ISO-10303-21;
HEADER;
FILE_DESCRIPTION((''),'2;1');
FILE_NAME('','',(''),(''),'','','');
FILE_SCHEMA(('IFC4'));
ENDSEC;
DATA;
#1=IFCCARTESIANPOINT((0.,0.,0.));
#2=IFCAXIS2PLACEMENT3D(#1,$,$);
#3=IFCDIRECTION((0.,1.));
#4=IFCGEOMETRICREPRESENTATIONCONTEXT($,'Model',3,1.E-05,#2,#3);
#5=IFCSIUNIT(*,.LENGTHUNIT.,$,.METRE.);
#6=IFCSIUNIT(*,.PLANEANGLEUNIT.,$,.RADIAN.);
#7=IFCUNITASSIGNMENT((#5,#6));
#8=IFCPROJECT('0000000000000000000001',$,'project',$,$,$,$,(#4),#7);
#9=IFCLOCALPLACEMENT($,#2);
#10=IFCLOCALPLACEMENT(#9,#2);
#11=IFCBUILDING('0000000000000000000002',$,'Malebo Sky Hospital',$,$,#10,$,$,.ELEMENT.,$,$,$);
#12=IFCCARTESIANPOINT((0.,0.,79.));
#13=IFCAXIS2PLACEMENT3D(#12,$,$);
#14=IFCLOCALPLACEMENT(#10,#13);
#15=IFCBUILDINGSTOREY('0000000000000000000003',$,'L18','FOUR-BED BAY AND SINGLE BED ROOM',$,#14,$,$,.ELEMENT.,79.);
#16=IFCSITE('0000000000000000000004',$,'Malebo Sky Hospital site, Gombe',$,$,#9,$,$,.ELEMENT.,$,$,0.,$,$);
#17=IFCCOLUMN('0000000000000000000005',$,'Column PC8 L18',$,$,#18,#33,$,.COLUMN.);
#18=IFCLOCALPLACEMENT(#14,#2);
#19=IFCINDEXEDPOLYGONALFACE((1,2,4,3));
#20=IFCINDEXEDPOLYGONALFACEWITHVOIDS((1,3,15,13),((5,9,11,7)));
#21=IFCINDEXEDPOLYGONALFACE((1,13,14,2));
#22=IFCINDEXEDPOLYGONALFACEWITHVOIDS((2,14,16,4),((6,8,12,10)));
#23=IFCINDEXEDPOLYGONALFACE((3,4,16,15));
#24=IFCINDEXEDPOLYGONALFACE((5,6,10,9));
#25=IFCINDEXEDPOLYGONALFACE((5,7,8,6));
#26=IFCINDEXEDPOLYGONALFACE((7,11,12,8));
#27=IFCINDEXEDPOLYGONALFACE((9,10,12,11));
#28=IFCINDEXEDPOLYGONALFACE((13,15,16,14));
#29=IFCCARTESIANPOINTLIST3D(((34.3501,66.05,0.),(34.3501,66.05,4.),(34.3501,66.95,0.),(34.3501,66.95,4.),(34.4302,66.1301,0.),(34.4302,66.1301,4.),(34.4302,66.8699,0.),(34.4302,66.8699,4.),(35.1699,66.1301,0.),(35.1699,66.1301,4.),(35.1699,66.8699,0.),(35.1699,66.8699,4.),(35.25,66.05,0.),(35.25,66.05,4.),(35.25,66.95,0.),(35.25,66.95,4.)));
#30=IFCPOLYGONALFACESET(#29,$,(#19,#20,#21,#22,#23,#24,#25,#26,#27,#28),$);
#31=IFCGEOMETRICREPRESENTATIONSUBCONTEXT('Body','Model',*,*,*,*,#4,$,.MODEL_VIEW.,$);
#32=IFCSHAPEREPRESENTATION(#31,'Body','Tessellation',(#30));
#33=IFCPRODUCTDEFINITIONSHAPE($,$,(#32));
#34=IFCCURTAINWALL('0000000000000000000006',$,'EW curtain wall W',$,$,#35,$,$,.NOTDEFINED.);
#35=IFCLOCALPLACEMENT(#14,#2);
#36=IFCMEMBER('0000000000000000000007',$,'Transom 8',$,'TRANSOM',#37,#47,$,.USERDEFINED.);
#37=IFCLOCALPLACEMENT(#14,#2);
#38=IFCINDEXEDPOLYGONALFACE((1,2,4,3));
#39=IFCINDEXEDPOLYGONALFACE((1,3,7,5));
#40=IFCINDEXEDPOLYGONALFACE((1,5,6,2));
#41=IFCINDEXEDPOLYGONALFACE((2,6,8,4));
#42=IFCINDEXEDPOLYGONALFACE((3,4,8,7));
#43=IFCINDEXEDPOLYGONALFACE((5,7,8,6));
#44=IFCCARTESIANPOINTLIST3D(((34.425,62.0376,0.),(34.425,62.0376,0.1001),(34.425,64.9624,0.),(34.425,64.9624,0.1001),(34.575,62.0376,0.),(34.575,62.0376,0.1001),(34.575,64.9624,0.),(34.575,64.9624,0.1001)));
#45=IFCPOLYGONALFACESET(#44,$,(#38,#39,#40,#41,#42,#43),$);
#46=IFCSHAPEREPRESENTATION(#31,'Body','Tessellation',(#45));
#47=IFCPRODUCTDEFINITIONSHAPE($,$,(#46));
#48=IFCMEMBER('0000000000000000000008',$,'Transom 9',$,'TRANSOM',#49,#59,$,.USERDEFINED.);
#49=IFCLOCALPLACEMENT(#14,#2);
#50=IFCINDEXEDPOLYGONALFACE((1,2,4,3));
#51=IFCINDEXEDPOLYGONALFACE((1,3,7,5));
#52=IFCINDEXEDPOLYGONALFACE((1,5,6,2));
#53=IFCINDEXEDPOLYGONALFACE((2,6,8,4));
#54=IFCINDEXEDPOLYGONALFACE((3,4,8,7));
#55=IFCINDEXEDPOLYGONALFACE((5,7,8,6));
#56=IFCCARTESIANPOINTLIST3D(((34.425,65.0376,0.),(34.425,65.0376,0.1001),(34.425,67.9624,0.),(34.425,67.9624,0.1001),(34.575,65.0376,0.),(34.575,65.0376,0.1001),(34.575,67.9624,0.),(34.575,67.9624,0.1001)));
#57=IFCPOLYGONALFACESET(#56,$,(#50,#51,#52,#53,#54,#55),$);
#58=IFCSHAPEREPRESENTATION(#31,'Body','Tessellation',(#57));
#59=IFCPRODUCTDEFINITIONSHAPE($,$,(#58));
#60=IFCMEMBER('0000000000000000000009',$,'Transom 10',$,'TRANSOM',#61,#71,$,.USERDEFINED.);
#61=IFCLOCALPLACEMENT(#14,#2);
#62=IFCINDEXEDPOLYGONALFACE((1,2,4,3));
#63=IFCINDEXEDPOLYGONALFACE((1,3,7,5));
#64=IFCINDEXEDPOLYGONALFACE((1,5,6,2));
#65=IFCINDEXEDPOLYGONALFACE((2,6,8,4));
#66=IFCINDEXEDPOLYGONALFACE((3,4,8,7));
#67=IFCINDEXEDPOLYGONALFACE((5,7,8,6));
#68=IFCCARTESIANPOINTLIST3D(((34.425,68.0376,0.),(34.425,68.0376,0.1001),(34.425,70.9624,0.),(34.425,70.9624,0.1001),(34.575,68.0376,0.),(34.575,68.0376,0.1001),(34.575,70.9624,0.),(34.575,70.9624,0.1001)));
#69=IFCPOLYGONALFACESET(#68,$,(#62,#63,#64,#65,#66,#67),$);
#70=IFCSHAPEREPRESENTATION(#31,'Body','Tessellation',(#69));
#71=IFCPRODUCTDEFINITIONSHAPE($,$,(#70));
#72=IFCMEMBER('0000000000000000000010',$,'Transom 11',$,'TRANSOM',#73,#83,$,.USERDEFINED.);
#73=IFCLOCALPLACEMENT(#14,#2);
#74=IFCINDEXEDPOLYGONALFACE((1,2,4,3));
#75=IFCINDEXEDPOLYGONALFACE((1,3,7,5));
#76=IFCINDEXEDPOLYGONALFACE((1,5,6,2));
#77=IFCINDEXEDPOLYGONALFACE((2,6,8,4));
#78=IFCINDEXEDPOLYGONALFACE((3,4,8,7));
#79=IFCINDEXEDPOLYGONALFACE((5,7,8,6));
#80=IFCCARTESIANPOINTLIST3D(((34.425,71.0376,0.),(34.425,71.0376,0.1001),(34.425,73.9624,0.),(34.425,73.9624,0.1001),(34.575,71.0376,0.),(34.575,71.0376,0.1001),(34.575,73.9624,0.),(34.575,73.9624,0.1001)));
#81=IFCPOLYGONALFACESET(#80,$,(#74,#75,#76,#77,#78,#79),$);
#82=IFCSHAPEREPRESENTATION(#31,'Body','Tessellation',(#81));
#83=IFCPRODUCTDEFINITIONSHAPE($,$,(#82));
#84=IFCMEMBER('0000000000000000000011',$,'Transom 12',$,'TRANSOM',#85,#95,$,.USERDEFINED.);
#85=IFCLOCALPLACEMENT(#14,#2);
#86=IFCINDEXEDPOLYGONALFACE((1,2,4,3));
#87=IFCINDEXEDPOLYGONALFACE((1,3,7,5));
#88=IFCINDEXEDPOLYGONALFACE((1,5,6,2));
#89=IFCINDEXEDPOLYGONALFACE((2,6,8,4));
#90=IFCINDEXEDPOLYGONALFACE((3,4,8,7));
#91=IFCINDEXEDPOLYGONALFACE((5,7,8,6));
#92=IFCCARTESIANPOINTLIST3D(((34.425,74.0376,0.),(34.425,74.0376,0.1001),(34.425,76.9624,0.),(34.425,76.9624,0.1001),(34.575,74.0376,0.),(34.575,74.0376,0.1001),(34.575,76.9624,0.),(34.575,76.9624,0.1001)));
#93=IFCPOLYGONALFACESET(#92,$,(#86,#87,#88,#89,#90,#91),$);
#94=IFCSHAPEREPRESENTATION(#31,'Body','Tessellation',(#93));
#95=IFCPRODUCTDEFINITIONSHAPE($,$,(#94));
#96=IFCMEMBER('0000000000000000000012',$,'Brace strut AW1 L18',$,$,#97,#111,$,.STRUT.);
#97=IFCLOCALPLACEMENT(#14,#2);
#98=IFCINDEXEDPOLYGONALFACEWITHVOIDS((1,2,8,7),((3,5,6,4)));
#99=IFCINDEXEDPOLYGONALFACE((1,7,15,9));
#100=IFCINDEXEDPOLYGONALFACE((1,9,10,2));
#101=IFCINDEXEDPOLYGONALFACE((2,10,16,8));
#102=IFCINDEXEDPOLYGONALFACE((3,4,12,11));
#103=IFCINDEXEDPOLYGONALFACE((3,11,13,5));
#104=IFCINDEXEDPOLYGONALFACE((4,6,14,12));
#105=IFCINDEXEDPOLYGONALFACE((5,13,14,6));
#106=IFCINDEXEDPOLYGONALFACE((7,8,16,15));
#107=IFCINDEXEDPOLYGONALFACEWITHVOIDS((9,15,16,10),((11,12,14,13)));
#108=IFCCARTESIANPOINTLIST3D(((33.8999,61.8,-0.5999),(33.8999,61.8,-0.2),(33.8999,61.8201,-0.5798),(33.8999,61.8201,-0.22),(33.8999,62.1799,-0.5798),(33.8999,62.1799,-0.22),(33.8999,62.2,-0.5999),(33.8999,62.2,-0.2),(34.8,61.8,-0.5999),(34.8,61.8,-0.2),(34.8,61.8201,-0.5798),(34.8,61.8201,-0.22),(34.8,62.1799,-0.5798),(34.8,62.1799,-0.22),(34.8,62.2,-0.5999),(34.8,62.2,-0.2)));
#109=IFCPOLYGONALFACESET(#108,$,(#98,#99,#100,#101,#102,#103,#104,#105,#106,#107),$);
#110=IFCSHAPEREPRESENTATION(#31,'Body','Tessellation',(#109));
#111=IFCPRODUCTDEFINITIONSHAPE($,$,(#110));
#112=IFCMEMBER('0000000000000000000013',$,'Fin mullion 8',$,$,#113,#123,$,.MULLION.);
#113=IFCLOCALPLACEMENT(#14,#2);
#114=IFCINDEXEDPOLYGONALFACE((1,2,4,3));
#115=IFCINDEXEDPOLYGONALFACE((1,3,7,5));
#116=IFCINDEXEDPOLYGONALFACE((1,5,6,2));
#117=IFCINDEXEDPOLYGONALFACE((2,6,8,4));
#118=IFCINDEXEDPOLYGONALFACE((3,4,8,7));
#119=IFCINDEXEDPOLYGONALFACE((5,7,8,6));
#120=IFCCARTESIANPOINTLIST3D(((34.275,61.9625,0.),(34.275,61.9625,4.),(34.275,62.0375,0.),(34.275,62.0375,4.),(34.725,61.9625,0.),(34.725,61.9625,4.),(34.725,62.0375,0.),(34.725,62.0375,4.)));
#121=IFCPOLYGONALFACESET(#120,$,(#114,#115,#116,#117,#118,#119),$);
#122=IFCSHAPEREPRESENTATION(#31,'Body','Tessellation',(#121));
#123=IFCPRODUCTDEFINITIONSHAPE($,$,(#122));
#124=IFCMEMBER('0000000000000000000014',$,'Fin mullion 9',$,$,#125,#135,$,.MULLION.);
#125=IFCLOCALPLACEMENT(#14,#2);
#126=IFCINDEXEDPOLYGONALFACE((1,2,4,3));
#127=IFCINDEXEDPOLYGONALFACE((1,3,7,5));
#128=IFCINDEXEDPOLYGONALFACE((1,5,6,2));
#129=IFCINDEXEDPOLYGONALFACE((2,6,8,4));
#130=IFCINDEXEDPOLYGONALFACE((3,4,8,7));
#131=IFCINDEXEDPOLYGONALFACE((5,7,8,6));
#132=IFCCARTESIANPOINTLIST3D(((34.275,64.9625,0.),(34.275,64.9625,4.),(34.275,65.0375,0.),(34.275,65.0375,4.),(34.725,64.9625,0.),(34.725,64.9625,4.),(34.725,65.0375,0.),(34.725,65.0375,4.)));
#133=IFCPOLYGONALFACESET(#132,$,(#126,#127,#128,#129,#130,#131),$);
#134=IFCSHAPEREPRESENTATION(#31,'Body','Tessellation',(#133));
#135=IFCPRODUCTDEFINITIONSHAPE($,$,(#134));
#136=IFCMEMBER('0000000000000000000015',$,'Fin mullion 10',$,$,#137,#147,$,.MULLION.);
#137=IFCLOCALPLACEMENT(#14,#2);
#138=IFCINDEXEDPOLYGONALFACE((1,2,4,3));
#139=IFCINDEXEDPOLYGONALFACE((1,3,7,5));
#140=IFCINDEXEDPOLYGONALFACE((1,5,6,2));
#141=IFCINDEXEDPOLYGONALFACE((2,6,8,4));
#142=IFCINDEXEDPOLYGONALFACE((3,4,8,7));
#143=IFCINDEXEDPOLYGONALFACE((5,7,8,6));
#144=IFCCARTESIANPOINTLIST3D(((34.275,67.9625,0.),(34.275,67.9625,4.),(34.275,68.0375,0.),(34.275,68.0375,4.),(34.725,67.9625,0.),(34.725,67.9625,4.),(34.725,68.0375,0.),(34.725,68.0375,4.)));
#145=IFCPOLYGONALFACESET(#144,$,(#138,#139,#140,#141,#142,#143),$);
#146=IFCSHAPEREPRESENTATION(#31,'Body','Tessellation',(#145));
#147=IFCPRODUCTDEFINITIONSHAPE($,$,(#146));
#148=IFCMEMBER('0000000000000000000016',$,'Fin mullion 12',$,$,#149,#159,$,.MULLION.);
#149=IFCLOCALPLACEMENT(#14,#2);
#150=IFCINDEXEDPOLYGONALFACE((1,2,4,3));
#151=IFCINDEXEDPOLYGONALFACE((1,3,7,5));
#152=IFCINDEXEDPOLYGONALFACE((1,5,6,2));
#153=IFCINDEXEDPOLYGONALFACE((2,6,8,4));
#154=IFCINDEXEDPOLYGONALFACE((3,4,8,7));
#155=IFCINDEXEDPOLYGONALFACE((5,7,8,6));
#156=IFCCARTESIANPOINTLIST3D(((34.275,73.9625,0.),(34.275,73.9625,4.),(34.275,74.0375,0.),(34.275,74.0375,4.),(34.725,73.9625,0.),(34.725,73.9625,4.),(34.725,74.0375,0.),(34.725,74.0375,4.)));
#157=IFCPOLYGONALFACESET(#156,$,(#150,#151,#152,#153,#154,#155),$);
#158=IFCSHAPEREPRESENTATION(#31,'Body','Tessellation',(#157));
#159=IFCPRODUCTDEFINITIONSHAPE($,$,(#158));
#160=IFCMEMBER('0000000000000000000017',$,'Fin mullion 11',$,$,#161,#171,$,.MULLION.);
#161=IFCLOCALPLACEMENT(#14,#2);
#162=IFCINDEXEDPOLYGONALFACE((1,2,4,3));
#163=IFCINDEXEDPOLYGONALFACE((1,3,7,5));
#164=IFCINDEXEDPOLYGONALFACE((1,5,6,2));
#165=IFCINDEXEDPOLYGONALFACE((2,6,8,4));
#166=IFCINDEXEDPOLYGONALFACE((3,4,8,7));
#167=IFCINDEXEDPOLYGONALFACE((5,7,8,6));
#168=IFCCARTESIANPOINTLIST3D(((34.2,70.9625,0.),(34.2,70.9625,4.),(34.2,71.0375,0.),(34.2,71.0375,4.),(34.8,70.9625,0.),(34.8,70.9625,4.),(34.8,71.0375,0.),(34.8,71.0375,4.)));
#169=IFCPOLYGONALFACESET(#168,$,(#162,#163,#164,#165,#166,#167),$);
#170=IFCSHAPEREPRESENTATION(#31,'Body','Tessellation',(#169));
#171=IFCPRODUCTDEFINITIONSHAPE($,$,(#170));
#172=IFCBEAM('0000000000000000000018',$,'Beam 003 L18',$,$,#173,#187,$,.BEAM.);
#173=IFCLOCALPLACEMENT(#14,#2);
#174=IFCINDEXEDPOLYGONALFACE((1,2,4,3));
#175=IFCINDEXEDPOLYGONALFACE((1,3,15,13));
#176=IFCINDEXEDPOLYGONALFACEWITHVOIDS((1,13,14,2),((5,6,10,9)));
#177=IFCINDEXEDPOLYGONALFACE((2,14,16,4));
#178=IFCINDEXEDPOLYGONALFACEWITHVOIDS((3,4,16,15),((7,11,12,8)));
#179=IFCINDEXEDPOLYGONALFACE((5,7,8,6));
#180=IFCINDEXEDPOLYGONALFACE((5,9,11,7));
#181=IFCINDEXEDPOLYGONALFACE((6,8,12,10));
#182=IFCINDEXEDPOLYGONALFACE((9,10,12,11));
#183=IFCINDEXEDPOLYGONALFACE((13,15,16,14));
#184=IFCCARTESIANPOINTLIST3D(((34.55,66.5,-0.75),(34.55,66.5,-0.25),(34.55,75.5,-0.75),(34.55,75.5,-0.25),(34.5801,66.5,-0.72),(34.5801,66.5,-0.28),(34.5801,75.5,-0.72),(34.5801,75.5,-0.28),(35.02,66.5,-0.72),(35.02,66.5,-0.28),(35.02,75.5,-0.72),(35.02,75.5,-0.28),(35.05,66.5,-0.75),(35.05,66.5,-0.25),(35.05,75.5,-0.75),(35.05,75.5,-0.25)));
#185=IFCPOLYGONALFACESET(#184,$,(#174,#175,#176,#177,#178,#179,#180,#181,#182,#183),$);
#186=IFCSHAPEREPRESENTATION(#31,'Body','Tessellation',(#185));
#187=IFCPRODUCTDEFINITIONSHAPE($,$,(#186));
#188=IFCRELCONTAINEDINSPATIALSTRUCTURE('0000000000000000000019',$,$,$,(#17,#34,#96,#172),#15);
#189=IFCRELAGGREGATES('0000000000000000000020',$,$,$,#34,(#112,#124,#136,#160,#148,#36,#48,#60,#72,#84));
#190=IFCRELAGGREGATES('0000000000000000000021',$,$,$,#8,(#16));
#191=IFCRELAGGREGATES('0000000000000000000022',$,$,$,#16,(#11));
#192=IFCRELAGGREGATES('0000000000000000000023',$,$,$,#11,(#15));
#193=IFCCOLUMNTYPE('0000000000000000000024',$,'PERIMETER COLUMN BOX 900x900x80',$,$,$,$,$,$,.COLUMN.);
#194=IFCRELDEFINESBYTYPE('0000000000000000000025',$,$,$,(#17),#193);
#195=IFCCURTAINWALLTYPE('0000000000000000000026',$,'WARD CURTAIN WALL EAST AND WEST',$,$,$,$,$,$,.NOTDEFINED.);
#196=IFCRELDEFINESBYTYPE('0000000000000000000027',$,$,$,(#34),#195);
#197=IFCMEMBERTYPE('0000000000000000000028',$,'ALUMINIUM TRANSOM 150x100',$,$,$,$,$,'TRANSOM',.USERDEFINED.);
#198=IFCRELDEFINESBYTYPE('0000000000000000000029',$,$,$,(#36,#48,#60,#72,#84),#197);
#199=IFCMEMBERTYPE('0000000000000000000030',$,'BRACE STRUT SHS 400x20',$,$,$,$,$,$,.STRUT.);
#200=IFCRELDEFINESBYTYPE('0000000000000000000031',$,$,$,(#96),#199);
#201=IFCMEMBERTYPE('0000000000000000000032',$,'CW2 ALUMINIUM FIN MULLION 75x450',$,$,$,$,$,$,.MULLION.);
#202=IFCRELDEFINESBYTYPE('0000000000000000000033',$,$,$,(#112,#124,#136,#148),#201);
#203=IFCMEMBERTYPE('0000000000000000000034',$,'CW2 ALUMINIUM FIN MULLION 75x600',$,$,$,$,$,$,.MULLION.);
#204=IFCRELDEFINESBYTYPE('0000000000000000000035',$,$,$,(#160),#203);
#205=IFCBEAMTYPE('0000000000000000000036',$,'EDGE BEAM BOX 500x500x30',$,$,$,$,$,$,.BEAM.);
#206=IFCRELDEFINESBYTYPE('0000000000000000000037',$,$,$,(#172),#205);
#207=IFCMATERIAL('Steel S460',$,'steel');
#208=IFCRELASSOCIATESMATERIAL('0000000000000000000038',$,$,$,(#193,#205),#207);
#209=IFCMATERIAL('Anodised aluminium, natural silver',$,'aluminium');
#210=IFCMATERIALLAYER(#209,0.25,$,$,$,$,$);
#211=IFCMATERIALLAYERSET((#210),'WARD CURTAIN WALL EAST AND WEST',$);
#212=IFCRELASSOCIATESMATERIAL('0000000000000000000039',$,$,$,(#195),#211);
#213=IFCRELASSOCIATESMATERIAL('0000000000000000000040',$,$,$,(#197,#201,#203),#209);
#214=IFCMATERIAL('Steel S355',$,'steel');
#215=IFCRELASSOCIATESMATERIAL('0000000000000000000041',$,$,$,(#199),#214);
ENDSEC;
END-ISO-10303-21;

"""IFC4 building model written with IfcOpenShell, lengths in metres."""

from ifc_helpers import new_model, si_unit, direction, frame, origin, origin_2d, place, context, subcontext, project, spatial, rectangle, hollow_rectangle, extrude, material, layer, layer_set, material_profile, profile_set, type_object, element, aggregate, save


model = new_model("IFC4")

# Units and contexts
model_context = context("Model", 3, precision=1e-05, world=origin(), true_north=direction((0.0, 1.0)))
body_context = subcontext(model_context, "Body", "Model", "MODEL_VIEW")
ifc_project = project(units=[si_unit("LENGTHUNIT", "METRE"), si_unit("PLANEANGLEUNIT", "RADIAN")], contexts=[model_context])

# Site, building, storey
site_placement = place(None, origin())
site = spatial("IfcSite", under=ifc_project, at=site_placement, Name="Malebo Sky Hospital site, Gombe", CompositionType="ELEMENT", RefElevation=0.0)
building_placement = place(site_placement, origin())
building = spatial("IfcBuilding", under=site, at=building_placement, Name="Malebo Sky Hospital", CompositionType="ELEMENT")
storey_placement = place(building_placement, frame((0.0, 0.0, 79.0)))
storey = spatial("IfcBuildingStorey", under=building, at=storey_placement, Name="L18", Description="FOUR-BED BAY AND SINGLE BED ROOM", CompositionType="ELEMENT", Elevation=79.0)

# Column
ifc_material_1 = material(Name="Steel S460", Category="steel")
ifc_material_profile_1 = material_profile(ifc_material_1, hollow_rectangle(XDim=0.8999, YDim=0.8999, WallThickness=0.0801, at=origin_2d()), Name="BOX 900x900x80")
ifc_profile_set_1 = profile_set([ifc_material_profile_1], Name="Steel S460")
column_type = type_object("IfcColumnType", Name="PERIMETER COLUMN BOX 900x900x80", PredefinedType="COLUMN", material=ifc_profile_set_1)
column_placement = place(storey_placement, frame((34.8, 66.5, 0.0), z_axis=(0.0, 0.0, 1.0), x_axis=(1.0, 0.0, 0.0)))
element("IfcColumn", 1, at=column_placement, inside=storey, type_object=column_type, Name="Column PC8 L18", PredefinedType="COLUMN", context=body_context, shape_type="SweptSolid", body=[
    extrude(hollow_rectangle(XDim=0.8999, YDim=0.8999, WallThickness=0.0801, at=origin_2d()), origin(), (0.0, 0.0, 1.0), 4.0),
])

# Curtain wall, members
ifc_material_2 = material(Name="Anodised aluminium, natural silver", Category="aluminium")
ifc_layer_1 = layer(ifc_material_2, 0.25)
ifc_layer_set_1 = layer_set([ifc_layer_1], Name="WARD CURTAIN WALL EAST AND WEST")
curtain_wall_type = type_object("IfcCurtainWallType", Name="WARD CURTAIN WALL EAST AND WEST", PredefinedType="NOTDEFINED", material=ifc_layer_set_1)
curtain_wall_placement = place(storey_placement, origin())
curtain_wall = element("IfcCurtainWall", 2, at=curtain_wall_placement, inside=storey, type_object=curtain_wall_type, Name="EW curtain wall W", PredefinedType="NOTDEFINED")
ifc_material_profile_2 = material_profile(ifc_material_2, rectangle(XDim=0.1499, YDim=0.1001, at=origin_2d()), Name="ALUMINIUM TRANSOM 150x100")
ifc_profile_set_2 = profile_set([ifc_material_profile_2], Name="Anodised aluminium, natural silver")
member_type_1 = type_object("IfcMemberType", Name="ALUMINIUM TRANSOM 150x100", ElementType="TRANSOM", PredefinedType="USERDEFINED", material=ifc_profile_set_2)
member_1_placement = place(storey_placement, frame((34.5, 62.0376, 0.05), z_axis=(0.0, 1.0, 0.0), x_axis=(-1.0, 0.0, 0.0)))
member_1 = element("IfcMember", 3, at=member_1_placement, type_object=member_type_1, Name="Transom 8", ObjectType="TRANSOM", PredefinedType="USERDEFINED", context=body_context, shape_type="SweptSolid", body=[
    extrude(rectangle(XDim=0.1499, YDim=0.1001, at=origin_2d()), origin(), (0.0, 0.0, 1.0), 2.9248),
])
member_2_placement = place(storey_placement, frame((34.5, 65.0376, 0.05), z_axis=(0.0, 1.0, 0.0), x_axis=(-1.0, 0.0, 0.0)))
member_2 = element("IfcMember", 4, at=member_2_placement, type_object=member_type_1, Name="Transom 9", ObjectType="TRANSOM", PredefinedType="USERDEFINED", context=body_context, shape_type="SweptSolid", body=[
    extrude(rectangle(XDim=0.1499, YDim=0.1001, at=origin_2d()), origin(), (0.0, 0.0, 1.0), 2.9248),
])
member_3_placement = place(storey_placement, frame((34.5, 68.0376, 0.05), z_axis=(0.0, 1.0, 0.0), x_axis=(-1.0, 0.0, 0.0)))
member_3 = element("IfcMember", 5, at=member_3_placement, type_object=member_type_1, Name="Transom 10", ObjectType="TRANSOM", PredefinedType="USERDEFINED", context=body_context, shape_type="SweptSolid", body=[
    extrude(rectangle(XDim=0.1499, YDim=0.1001, at=origin_2d()), origin(), (0.0, 0.0, 1.0), 2.9248),
])
member_4_placement = place(storey_placement, frame((34.5, 71.0376, 0.05), z_axis=(0.0, 1.0, 0.0), x_axis=(-1.0, 0.0, 0.0)))
member_4 = element("IfcMember", 6, at=member_4_placement, type_object=member_type_1, Name="Transom 11", ObjectType="TRANSOM", PredefinedType="USERDEFINED", context=body_context, shape_type="SweptSolid", body=[
    extrude(rectangle(XDim=0.1499, YDim=0.1001, at=origin_2d()), origin(), (0.0, 0.0, 1.0), 2.9248),
])
member_5_placement = place(storey_placement, frame((34.5, 74.0376, 0.05), z_axis=(0.0, 1.0, 0.0), x_axis=(-1.0, 0.0, 0.0)))
member_5 = element("IfcMember", 7, at=member_5_placement, type_object=member_type_1, Name="Transom 12", ObjectType="TRANSOM", PredefinedType="USERDEFINED", context=body_context, shape_type="SweptSolid", body=[
    extrude(rectangle(XDim=0.1499, YDim=0.1001, at=origin_2d()), origin(), (0.0, 0.0, 1.0), 2.9248),
])

# Members
ifc_material_3 = material(Name="Steel S355", Category="steel")
ifc_material_profile_3 = material_profile(ifc_material_3, hollow_rectangle(XDim=0.3999, YDim=0.3999, WallThickness=0.02, at=origin_2d()), Name="SHS 400x20")
ifc_profile_set_3 = profile_set([ifc_material_profile_3], Name="Steel S355")
member_type_2 = type_object("IfcMemberType", Name="BRACE STRUT SHS 400x20", PredefinedType="STRUT", material=ifc_profile_set_3)
member_6_placement = place(storey_placement, frame((33.8999, 62.0, -0.3999), z_axis=(1.0, 0.0, 0.0), x_axis=(0.0, 1.0, 0.0)))
element("IfcMember", 8, at=member_6_placement, inside=storey, type_object=member_type_2, Name="Brace strut AW1 L18", PredefinedType="STRUT", context=body_context, shape_type="SweptSolid", body=[
    extrude(hollow_rectangle(XDim=0.3999, YDim=0.3999, WallThickness=0.02, at=origin_2d()), origin(), (0.0, 0.0, 1.0), 0.9001),
])
ifc_material_profile_4 = material_profile(ifc_material_2, rectangle(XDim=0.075, YDim=0.45, at=origin_2d()), Name="CW2 ALUMINIUM FIN MULLION 75x450")
ifc_profile_set_4 = profile_set([ifc_material_profile_4], Name="Anodised aluminium, natural silver")
member_type_3 = type_object("IfcMemberType", Name="CW2 ALUMINIUM FIN MULLION 75x450", PredefinedType="MULLION", material=ifc_profile_set_4)
member_7_placement = place(storey_placement, frame((34.5, 62.0, 0.0), z_axis=(0.0, 0.0, 1.0), x_axis=(0.0, 1.0, 0.0)))
member_7 = element("IfcMember", 9, at=member_7_placement, type_object=member_type_3, Name="Fin mullion 8", PredefinedType="MULLION", context=body_context, shape_type="SweptSolid", body=[
    extrude(rectangle(XDim=0.075, YDim=0.45, at=origin_2d()), origin(), (0.0, 0.0, 1.0), 4.0),
])
member_8_placement = place(storey_placement, frame((34.5, 65.0, 0.0), z_axis=(0.0, 0.0, 1.0), x_axis=(0.0, 1.0, 0.0)))
member_8 = element("IfcMember", 10, at=member_8_placement, type_object=member_type_3, Name="Fin mullion 9", PredefinedType="MULLION", context=body_context, shape_type="SweptSolid", body=[
    extrude(rectangle(XDim=0.075, YDim=0.45, at=origin_2d()), origin(), (0.0, 0.0, 1.0), 4.0),
])
member_9_placement = place(storey_placement, frame((34.5, 68.0, 0.0), z_axis=(0.0, 0.0, 1.0), x_axis=(0.0, 1.0, 0.0)))
member_9 = element("IfcMember", 11, at=member_9_placement, type_object=member_type_3, Name="Fin mullion 10", PredefinedType="MULLION", context=body_context, shape_type="SweptSolid", body=[
    extrude(rectangle(XDim=0.075, YDim=0.45, at=origin_2d()), origin(), (0.0, 0.0, 1.0), 4.0),
])
member_10_placement = place(storey_placement, frame((34.5, 74.0, 0.0), z_axis=(0.0, 0.0, 1.0), x_axis=(0.0, 1.0, 0.0)))
member_10 = element("IfcMember", 12, at=member_10_placement, type_object=member_type_3, Name="Fin mullion 12", PredefinedType="MULLION", context=body_context, shape_type="SweptSolid", body=[
    extrude(rectangle(XDim=0.075, YDim=0.45, at=origin_2d()), origin(), (0.0, 0.0, 1.0), 4.0),
])
ifc_material_profile_5 = material_profile(ifc_material_2, rectangle(XDim=0.075, YDim=0.6001, at=origin_2d()), Name="CW2 ALUMINIUM FIN MULLION 75x600")
ifc_profile_set_5 = profile_set([ifc_material_profile_5], Name="Anodised aluminium, natural silver")
member_type_4 = type_object("IfcMemberType", Name="CW2 ALUMINIUM FIN MULLION 75x600", PredefinedType="MULLION", material=ifc_profile_set_5)
member_11_placement = place(storey_placement, frame((34.5, 71.0, 0.0), z_axis=(0.0, 0.0, 1.0), x_axis=(0.0, 1.0, 0.0)))
member_11 = element("IfcMember", 13, at=member_11_placement, type_object=member_type_4, Name="Fin mullion 11", PredefinedType="MULLION", context=body_context, shape_type="SweptSolid", body=[
    extrude(rectangle(XDim=0.075, YDim=0.6001, at=origin_2d()), origin(), (0.0, 0.0, 1.0), 4.0),
])

# Beam
ifc_material_profile_6 = material_profile(ifc_material_1, hollow_rectangle(XDim=0.5, YDim=0.5, WallThickness=0.03, at=origin_2d()), Name="BOX 500x500x30")
ifc_profile_set_6 = profile_set([ifc_material_profile_6], Name="Steel S460")
beam_type_1 = type_object("IfcBeamType", Name="EDGE BEAM BOX 500x500x30", PredefinedType="BEAM", material=ifc_profile_set_6)
beam_1_placement = place(storey_placement, frame((34.8, 66.5, -0.5), z_axis=(0.0, 1.0, 0.0), x_axis=(-1.0, 0.0, 0.0)))
element("IfcBeam", 14, at=beam_1_placement, inside=storey, type_object=beam_type_1, Name="Beam 003 L18", PredefinedType="BEAM", context=body_context, shape_type="SweptSolid", body=[
    extrude(hollow_rectangle(XDim=0.5, YDim=0.5, WallThickness=0.03, at=origin_2d()), origin(), (0.0, 0.0, 1.0), 9.0),
])

aggregate(curtain_wall, [member_7, member_8, member_9, member_11, member_10, member_1, member_2, member_3, member_4, member_5])

save(model, "model.ifc")
